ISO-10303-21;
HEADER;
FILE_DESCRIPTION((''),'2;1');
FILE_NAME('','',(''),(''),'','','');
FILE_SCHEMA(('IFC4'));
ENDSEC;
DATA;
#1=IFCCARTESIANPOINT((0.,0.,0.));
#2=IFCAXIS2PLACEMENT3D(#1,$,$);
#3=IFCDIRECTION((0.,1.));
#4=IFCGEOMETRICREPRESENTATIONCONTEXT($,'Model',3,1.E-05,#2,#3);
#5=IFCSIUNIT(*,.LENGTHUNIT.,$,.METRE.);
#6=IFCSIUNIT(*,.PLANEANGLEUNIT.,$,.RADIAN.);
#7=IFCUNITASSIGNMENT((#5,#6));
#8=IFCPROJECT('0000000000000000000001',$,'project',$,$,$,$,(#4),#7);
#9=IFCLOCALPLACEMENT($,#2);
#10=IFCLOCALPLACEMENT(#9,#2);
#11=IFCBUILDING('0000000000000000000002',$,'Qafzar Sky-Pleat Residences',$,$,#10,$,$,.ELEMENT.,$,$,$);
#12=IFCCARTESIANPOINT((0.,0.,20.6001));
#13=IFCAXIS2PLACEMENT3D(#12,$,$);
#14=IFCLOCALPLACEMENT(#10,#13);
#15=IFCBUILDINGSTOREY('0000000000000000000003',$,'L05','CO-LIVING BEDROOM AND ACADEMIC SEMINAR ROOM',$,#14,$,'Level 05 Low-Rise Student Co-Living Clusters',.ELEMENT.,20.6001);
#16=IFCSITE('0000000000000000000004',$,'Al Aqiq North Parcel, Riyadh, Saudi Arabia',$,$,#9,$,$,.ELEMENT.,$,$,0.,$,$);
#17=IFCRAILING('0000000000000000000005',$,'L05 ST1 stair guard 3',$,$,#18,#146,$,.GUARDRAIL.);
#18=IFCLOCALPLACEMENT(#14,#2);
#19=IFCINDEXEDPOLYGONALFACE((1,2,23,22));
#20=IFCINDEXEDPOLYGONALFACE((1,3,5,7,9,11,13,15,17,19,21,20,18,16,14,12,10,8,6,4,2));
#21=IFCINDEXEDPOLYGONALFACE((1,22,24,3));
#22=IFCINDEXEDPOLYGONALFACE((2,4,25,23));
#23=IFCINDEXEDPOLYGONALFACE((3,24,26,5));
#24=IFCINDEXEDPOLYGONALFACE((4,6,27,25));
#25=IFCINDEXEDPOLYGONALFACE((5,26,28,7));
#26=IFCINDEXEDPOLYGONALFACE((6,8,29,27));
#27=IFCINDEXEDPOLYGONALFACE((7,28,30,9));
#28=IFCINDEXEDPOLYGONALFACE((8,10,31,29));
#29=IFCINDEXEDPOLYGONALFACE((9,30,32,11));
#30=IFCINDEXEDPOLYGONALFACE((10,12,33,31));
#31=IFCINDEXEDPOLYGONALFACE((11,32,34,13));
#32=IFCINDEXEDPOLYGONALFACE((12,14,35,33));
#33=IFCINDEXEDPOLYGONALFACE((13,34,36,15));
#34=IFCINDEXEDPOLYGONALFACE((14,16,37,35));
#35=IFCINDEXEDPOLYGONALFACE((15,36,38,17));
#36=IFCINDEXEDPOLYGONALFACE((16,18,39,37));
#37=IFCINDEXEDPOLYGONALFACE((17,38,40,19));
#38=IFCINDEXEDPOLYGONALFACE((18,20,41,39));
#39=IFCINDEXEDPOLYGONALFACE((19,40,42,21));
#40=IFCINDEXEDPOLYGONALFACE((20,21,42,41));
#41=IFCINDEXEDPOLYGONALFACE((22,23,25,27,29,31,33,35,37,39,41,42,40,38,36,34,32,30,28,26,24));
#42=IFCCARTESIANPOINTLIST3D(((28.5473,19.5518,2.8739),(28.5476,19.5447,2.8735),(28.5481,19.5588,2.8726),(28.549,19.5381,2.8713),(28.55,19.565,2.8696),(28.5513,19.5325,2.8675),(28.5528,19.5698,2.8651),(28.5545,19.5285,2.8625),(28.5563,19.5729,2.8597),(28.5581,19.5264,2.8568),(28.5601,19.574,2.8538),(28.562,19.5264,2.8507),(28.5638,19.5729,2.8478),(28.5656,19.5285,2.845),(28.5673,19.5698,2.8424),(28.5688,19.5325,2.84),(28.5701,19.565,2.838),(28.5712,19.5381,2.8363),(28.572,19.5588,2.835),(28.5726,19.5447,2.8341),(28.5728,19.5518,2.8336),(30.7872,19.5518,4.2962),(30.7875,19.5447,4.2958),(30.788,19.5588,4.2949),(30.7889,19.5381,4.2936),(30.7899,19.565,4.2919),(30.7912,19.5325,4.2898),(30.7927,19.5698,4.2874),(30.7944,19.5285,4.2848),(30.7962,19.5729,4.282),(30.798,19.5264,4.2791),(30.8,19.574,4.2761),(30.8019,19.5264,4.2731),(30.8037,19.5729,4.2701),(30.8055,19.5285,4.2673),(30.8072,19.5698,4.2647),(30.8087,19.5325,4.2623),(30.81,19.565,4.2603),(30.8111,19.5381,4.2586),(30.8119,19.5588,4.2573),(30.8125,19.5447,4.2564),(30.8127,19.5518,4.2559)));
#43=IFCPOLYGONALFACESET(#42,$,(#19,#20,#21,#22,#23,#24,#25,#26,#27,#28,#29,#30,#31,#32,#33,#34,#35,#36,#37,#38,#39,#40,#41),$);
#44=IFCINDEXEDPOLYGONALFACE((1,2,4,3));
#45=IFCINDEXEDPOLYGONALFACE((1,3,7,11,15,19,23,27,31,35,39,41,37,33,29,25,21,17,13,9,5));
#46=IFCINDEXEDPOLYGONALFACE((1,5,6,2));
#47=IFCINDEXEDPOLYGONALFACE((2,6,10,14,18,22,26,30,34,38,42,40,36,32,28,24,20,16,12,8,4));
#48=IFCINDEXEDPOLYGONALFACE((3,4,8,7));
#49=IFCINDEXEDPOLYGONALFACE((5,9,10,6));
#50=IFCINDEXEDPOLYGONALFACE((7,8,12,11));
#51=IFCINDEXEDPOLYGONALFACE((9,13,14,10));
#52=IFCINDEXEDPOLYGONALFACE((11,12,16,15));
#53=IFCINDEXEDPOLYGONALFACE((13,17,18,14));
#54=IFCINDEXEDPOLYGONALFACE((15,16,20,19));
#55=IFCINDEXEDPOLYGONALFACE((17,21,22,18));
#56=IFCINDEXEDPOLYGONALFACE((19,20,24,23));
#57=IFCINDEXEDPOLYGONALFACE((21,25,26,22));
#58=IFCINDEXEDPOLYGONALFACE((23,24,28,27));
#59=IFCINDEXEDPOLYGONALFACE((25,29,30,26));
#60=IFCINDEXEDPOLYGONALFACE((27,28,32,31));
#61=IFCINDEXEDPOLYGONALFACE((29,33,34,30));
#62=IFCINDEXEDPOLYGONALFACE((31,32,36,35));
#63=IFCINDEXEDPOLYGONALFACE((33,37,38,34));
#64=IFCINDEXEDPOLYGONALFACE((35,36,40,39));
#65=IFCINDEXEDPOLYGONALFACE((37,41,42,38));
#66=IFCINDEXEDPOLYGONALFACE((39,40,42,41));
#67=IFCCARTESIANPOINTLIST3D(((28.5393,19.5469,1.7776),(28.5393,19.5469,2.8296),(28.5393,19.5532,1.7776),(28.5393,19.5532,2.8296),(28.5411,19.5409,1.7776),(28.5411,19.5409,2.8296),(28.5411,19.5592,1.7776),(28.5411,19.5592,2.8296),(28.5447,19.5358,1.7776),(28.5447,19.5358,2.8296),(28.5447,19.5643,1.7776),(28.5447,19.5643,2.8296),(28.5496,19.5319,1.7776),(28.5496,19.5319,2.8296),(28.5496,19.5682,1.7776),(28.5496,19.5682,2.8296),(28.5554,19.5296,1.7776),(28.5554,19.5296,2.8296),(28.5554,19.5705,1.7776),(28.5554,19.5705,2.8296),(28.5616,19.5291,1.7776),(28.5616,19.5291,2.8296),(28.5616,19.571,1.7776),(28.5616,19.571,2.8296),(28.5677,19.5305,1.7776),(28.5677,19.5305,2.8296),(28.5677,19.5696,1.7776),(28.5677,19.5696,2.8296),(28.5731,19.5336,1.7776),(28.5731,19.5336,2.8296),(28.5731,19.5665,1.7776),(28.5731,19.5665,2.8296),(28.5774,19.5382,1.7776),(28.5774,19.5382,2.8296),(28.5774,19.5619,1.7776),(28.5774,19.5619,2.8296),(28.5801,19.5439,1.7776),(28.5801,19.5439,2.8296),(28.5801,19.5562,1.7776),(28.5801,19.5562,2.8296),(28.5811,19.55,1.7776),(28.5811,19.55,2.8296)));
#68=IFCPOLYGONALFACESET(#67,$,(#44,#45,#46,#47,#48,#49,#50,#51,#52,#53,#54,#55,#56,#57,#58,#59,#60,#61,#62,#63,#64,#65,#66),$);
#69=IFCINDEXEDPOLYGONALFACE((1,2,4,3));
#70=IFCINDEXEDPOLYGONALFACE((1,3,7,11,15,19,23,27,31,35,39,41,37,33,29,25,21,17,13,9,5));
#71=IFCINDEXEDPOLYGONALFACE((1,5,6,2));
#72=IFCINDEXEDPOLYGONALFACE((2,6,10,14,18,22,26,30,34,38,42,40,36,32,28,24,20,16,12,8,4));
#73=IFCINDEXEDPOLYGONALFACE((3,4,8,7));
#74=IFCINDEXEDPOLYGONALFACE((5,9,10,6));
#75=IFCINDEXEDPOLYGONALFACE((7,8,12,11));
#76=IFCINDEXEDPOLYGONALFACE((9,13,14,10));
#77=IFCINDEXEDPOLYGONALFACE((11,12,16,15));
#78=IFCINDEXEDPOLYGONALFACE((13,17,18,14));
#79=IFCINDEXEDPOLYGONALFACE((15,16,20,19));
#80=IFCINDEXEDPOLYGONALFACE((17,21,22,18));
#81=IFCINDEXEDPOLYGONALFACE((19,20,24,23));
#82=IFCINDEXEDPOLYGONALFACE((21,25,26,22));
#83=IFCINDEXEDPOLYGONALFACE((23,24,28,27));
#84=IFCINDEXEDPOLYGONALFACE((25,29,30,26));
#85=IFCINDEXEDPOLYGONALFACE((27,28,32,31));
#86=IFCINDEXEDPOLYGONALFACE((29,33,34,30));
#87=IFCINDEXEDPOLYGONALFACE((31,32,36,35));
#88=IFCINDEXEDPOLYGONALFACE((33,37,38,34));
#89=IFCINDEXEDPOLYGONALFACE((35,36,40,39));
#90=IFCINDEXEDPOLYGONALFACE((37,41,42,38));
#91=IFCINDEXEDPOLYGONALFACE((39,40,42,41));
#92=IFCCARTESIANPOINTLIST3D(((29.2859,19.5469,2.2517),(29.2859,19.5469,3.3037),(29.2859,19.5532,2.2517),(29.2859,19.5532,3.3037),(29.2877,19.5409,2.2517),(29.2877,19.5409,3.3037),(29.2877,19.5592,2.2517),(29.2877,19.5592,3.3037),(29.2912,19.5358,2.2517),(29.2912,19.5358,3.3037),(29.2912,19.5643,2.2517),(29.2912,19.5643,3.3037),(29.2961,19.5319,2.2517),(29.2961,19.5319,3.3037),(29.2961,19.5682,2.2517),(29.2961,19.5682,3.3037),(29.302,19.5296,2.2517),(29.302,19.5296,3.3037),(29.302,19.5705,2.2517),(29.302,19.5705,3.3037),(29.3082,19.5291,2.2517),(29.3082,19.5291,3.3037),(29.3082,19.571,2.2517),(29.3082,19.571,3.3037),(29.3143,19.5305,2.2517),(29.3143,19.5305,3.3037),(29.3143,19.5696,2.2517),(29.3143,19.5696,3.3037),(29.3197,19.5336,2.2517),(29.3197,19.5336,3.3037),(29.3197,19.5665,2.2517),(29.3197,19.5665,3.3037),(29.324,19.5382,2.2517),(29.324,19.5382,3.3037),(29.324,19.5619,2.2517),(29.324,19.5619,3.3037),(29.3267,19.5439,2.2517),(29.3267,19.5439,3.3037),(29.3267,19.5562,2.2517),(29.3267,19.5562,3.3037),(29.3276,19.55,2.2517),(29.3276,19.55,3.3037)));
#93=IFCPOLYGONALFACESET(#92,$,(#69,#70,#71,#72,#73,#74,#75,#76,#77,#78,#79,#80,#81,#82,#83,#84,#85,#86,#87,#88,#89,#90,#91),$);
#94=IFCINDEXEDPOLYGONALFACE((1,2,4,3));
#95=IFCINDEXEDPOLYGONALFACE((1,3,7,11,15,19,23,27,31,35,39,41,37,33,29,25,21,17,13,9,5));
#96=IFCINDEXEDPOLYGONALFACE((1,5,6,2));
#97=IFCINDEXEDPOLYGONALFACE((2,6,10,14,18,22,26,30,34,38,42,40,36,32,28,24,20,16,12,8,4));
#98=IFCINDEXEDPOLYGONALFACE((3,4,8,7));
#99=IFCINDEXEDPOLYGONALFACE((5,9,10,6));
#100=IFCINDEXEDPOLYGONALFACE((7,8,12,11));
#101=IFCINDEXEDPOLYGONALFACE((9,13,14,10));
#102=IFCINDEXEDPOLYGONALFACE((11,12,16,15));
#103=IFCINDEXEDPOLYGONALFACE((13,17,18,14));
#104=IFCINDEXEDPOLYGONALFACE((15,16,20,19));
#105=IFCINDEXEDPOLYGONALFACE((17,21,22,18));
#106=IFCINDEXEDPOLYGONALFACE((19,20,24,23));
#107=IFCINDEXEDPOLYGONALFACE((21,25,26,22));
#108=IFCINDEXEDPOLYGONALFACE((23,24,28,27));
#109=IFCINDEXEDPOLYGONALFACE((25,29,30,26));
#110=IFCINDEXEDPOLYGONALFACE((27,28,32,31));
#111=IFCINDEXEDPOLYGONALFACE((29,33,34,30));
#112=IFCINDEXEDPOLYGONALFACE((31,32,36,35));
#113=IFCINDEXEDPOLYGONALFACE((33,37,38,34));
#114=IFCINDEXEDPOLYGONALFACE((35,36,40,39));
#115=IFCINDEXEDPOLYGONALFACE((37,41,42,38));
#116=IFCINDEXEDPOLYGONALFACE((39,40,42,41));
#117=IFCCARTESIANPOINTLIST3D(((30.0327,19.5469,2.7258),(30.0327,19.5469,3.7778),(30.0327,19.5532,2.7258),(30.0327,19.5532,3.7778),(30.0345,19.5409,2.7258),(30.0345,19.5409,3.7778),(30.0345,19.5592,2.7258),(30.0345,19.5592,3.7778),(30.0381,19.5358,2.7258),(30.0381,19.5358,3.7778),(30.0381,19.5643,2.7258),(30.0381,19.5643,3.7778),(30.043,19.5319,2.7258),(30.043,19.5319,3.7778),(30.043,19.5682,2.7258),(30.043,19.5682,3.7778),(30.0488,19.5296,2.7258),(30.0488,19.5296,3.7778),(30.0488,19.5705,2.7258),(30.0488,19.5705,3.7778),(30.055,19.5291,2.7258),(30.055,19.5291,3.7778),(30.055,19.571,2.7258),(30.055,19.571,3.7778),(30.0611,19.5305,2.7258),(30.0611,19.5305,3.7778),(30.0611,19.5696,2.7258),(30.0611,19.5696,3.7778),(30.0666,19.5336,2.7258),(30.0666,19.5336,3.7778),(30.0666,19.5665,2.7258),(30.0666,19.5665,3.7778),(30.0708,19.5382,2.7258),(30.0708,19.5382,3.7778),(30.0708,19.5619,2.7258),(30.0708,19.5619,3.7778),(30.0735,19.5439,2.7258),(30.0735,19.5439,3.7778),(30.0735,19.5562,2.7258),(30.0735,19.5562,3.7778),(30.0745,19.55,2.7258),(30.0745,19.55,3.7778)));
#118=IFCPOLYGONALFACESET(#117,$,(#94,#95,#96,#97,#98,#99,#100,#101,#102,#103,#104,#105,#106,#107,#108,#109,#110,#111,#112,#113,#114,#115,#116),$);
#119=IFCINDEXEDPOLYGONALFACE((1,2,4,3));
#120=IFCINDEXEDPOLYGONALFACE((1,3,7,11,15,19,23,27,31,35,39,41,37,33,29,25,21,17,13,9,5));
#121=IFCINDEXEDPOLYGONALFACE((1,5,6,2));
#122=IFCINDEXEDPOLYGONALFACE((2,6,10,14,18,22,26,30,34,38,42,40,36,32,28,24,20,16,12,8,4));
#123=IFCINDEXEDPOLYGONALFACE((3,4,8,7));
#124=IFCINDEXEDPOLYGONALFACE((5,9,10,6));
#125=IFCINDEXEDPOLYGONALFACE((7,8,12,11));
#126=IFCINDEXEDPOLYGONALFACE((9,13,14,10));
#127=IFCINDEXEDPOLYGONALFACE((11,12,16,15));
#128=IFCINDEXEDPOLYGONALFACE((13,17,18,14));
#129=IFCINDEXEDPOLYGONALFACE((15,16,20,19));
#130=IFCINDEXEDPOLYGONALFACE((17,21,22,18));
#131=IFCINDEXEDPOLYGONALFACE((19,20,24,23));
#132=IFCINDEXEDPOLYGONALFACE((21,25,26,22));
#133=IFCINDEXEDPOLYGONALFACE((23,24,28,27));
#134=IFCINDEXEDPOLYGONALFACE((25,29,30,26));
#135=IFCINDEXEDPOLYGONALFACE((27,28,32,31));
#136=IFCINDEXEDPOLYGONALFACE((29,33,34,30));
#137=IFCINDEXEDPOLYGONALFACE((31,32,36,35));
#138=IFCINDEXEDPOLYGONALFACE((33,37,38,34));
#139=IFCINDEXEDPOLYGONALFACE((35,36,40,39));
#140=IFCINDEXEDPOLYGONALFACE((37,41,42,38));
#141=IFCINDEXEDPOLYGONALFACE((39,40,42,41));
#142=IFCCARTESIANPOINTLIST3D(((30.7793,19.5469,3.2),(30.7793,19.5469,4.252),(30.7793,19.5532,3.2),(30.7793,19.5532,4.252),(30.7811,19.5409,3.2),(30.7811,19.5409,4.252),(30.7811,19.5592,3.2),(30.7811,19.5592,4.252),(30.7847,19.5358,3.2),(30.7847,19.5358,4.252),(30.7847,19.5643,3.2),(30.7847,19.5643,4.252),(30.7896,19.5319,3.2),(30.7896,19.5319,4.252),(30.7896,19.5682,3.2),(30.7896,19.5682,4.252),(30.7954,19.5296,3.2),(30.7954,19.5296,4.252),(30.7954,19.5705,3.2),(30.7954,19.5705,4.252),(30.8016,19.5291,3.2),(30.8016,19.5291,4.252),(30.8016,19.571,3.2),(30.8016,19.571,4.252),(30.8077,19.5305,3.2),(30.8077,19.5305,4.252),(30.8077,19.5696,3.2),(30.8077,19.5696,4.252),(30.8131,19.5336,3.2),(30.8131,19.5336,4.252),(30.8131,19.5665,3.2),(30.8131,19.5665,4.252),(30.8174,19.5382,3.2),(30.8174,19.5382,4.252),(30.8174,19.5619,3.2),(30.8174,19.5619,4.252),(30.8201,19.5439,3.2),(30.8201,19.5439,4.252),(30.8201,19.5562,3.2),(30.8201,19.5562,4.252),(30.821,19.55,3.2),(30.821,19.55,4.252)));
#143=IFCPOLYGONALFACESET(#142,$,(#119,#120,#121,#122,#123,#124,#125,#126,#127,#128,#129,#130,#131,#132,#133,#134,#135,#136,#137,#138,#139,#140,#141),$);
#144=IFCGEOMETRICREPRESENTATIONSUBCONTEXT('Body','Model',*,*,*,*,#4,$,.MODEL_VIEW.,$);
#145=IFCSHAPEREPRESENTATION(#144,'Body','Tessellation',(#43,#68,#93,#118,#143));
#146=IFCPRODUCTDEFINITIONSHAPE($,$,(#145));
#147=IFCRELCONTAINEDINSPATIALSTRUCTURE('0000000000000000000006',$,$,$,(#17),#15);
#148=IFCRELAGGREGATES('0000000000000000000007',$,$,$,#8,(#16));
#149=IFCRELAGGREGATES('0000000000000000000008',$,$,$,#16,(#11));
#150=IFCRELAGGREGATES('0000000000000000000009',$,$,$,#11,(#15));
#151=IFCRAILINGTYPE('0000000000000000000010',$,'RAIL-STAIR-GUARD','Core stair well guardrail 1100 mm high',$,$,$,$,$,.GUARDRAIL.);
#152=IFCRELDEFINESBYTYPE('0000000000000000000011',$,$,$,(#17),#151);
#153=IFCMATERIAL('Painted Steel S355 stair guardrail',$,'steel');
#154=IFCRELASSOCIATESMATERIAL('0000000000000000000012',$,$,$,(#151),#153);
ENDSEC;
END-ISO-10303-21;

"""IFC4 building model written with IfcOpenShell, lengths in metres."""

from ifc_helpers import new_model, si_unit, direction, frame, origin, origin_2d, place, context, subcontext, project, spatial, circle, extrude, source, transform, mapped, material, type_object, element, save


model = new_model("IFC4")

# Units and contexts
model_context = context("Model", 3, precision=1e-05, world=origin(), true_north=direction((0.0, 1.0)))
body_context = subcontext(model_context, "Body", "Model", "MODEL_VIEW")
ifc_project = project(units=[si_unit("LENGTHUNIT", "METRE"), si_unit("PLANEANGLEUNIT", "RADIAN")], contexts=[model_context])

# Site, building, storey
site_placement = place(None, origin())
site = spatial("IfcSite", under=ifc_project, at=site_placement, Name="Al Aqiq North Parcel, Riyadh, Saudi Arabia", CompositionType="ELEMENT", RefElevation=0.0)
building_placement = place(site_placement, origin())
building = spatial("IfcBuilding", under=site, at=building_placement, Name="Qafzar Sky-Pleat Residences", CompositionType="ELEMENT")
storey_placement = place(building_placement, frame((0.0, 0.0, 20.6001)))
storey = spatial("IfcBuildingStorey", under=building, at=storey_placement, Name="L05", Description="CO-LIVING BEDROOM AND ACADEMIC SEMINAR ROOM", LongName="Level 05 Low-Rise Student Co-Living Clusters", CompositionType="ELEMENT", Elevation=20.6001)

# Railing
ifc_material_1 = material(Name="Painted Steel S355 stair guardrail", Category="steel")
railing_type_1 = type_object("IfcRailingType", Name="RAIL-STAIR-GUARD", Description="Core stair well guardrail 1100 mm high", PredefinedType="GUARDRAIL", material=ifc_material_1)
shared_shape_1 = source(origin(), body_context, "Body", "SweptSolid", [
    extrude(circle(Radius=0.0239, at=origin_2d()), frame((0.0, 0.0, 1.0762), z_axis=(0.844188, 0.0, 0.536048), x_axis=(0.0, 1.0, 0.0)), (0.0, 0.0, 1.0), 2.6533),
    extrude(circle(Radius=0.021, at=origin_2d()), origin(), (0.0, 0.0, 1.0), 1.052),
    extrude(circle(Radius=0.021, at=origin_2d()), frame((0.7466, 0.0, 0.4741)), (0.0, 0.0, 1.0), 1.052),
    extrude(circle(Radius=0.021, at=origin_2d()), frame((1.4934, 0.0, 0.9482)), (0.0, 0.0, 1.0), 1.052),
    extrude(circle(Radius=0.021, at=origin_2d()), frame((2.24, 0.0, 1.4224)), (0.0, 0.0, 1.0), 1.052),
])
railing_1_placement = place(storey_placement, frame((28.5601, 19.55, 1.7776)))
element("IfcRailing", 1, at=railing_1_placement, inside=storey, type_object=railing_type_1, Name="L05 ST1 stair guard 3", PredefinedType="GUARDRAIL", context=body_context, shape_type="MappedRepresentation", body=[
    mapped(shared_shape_1, transform((0.0, 0.0, 0.0), x_axis=(1.0, 0.0, 0.0), y_axis=(0.0, 1.0, 0.0), z_axis=(0.0, 0.0, 1.0), scale=1.0)),
])

save(model, "model.ifc")
